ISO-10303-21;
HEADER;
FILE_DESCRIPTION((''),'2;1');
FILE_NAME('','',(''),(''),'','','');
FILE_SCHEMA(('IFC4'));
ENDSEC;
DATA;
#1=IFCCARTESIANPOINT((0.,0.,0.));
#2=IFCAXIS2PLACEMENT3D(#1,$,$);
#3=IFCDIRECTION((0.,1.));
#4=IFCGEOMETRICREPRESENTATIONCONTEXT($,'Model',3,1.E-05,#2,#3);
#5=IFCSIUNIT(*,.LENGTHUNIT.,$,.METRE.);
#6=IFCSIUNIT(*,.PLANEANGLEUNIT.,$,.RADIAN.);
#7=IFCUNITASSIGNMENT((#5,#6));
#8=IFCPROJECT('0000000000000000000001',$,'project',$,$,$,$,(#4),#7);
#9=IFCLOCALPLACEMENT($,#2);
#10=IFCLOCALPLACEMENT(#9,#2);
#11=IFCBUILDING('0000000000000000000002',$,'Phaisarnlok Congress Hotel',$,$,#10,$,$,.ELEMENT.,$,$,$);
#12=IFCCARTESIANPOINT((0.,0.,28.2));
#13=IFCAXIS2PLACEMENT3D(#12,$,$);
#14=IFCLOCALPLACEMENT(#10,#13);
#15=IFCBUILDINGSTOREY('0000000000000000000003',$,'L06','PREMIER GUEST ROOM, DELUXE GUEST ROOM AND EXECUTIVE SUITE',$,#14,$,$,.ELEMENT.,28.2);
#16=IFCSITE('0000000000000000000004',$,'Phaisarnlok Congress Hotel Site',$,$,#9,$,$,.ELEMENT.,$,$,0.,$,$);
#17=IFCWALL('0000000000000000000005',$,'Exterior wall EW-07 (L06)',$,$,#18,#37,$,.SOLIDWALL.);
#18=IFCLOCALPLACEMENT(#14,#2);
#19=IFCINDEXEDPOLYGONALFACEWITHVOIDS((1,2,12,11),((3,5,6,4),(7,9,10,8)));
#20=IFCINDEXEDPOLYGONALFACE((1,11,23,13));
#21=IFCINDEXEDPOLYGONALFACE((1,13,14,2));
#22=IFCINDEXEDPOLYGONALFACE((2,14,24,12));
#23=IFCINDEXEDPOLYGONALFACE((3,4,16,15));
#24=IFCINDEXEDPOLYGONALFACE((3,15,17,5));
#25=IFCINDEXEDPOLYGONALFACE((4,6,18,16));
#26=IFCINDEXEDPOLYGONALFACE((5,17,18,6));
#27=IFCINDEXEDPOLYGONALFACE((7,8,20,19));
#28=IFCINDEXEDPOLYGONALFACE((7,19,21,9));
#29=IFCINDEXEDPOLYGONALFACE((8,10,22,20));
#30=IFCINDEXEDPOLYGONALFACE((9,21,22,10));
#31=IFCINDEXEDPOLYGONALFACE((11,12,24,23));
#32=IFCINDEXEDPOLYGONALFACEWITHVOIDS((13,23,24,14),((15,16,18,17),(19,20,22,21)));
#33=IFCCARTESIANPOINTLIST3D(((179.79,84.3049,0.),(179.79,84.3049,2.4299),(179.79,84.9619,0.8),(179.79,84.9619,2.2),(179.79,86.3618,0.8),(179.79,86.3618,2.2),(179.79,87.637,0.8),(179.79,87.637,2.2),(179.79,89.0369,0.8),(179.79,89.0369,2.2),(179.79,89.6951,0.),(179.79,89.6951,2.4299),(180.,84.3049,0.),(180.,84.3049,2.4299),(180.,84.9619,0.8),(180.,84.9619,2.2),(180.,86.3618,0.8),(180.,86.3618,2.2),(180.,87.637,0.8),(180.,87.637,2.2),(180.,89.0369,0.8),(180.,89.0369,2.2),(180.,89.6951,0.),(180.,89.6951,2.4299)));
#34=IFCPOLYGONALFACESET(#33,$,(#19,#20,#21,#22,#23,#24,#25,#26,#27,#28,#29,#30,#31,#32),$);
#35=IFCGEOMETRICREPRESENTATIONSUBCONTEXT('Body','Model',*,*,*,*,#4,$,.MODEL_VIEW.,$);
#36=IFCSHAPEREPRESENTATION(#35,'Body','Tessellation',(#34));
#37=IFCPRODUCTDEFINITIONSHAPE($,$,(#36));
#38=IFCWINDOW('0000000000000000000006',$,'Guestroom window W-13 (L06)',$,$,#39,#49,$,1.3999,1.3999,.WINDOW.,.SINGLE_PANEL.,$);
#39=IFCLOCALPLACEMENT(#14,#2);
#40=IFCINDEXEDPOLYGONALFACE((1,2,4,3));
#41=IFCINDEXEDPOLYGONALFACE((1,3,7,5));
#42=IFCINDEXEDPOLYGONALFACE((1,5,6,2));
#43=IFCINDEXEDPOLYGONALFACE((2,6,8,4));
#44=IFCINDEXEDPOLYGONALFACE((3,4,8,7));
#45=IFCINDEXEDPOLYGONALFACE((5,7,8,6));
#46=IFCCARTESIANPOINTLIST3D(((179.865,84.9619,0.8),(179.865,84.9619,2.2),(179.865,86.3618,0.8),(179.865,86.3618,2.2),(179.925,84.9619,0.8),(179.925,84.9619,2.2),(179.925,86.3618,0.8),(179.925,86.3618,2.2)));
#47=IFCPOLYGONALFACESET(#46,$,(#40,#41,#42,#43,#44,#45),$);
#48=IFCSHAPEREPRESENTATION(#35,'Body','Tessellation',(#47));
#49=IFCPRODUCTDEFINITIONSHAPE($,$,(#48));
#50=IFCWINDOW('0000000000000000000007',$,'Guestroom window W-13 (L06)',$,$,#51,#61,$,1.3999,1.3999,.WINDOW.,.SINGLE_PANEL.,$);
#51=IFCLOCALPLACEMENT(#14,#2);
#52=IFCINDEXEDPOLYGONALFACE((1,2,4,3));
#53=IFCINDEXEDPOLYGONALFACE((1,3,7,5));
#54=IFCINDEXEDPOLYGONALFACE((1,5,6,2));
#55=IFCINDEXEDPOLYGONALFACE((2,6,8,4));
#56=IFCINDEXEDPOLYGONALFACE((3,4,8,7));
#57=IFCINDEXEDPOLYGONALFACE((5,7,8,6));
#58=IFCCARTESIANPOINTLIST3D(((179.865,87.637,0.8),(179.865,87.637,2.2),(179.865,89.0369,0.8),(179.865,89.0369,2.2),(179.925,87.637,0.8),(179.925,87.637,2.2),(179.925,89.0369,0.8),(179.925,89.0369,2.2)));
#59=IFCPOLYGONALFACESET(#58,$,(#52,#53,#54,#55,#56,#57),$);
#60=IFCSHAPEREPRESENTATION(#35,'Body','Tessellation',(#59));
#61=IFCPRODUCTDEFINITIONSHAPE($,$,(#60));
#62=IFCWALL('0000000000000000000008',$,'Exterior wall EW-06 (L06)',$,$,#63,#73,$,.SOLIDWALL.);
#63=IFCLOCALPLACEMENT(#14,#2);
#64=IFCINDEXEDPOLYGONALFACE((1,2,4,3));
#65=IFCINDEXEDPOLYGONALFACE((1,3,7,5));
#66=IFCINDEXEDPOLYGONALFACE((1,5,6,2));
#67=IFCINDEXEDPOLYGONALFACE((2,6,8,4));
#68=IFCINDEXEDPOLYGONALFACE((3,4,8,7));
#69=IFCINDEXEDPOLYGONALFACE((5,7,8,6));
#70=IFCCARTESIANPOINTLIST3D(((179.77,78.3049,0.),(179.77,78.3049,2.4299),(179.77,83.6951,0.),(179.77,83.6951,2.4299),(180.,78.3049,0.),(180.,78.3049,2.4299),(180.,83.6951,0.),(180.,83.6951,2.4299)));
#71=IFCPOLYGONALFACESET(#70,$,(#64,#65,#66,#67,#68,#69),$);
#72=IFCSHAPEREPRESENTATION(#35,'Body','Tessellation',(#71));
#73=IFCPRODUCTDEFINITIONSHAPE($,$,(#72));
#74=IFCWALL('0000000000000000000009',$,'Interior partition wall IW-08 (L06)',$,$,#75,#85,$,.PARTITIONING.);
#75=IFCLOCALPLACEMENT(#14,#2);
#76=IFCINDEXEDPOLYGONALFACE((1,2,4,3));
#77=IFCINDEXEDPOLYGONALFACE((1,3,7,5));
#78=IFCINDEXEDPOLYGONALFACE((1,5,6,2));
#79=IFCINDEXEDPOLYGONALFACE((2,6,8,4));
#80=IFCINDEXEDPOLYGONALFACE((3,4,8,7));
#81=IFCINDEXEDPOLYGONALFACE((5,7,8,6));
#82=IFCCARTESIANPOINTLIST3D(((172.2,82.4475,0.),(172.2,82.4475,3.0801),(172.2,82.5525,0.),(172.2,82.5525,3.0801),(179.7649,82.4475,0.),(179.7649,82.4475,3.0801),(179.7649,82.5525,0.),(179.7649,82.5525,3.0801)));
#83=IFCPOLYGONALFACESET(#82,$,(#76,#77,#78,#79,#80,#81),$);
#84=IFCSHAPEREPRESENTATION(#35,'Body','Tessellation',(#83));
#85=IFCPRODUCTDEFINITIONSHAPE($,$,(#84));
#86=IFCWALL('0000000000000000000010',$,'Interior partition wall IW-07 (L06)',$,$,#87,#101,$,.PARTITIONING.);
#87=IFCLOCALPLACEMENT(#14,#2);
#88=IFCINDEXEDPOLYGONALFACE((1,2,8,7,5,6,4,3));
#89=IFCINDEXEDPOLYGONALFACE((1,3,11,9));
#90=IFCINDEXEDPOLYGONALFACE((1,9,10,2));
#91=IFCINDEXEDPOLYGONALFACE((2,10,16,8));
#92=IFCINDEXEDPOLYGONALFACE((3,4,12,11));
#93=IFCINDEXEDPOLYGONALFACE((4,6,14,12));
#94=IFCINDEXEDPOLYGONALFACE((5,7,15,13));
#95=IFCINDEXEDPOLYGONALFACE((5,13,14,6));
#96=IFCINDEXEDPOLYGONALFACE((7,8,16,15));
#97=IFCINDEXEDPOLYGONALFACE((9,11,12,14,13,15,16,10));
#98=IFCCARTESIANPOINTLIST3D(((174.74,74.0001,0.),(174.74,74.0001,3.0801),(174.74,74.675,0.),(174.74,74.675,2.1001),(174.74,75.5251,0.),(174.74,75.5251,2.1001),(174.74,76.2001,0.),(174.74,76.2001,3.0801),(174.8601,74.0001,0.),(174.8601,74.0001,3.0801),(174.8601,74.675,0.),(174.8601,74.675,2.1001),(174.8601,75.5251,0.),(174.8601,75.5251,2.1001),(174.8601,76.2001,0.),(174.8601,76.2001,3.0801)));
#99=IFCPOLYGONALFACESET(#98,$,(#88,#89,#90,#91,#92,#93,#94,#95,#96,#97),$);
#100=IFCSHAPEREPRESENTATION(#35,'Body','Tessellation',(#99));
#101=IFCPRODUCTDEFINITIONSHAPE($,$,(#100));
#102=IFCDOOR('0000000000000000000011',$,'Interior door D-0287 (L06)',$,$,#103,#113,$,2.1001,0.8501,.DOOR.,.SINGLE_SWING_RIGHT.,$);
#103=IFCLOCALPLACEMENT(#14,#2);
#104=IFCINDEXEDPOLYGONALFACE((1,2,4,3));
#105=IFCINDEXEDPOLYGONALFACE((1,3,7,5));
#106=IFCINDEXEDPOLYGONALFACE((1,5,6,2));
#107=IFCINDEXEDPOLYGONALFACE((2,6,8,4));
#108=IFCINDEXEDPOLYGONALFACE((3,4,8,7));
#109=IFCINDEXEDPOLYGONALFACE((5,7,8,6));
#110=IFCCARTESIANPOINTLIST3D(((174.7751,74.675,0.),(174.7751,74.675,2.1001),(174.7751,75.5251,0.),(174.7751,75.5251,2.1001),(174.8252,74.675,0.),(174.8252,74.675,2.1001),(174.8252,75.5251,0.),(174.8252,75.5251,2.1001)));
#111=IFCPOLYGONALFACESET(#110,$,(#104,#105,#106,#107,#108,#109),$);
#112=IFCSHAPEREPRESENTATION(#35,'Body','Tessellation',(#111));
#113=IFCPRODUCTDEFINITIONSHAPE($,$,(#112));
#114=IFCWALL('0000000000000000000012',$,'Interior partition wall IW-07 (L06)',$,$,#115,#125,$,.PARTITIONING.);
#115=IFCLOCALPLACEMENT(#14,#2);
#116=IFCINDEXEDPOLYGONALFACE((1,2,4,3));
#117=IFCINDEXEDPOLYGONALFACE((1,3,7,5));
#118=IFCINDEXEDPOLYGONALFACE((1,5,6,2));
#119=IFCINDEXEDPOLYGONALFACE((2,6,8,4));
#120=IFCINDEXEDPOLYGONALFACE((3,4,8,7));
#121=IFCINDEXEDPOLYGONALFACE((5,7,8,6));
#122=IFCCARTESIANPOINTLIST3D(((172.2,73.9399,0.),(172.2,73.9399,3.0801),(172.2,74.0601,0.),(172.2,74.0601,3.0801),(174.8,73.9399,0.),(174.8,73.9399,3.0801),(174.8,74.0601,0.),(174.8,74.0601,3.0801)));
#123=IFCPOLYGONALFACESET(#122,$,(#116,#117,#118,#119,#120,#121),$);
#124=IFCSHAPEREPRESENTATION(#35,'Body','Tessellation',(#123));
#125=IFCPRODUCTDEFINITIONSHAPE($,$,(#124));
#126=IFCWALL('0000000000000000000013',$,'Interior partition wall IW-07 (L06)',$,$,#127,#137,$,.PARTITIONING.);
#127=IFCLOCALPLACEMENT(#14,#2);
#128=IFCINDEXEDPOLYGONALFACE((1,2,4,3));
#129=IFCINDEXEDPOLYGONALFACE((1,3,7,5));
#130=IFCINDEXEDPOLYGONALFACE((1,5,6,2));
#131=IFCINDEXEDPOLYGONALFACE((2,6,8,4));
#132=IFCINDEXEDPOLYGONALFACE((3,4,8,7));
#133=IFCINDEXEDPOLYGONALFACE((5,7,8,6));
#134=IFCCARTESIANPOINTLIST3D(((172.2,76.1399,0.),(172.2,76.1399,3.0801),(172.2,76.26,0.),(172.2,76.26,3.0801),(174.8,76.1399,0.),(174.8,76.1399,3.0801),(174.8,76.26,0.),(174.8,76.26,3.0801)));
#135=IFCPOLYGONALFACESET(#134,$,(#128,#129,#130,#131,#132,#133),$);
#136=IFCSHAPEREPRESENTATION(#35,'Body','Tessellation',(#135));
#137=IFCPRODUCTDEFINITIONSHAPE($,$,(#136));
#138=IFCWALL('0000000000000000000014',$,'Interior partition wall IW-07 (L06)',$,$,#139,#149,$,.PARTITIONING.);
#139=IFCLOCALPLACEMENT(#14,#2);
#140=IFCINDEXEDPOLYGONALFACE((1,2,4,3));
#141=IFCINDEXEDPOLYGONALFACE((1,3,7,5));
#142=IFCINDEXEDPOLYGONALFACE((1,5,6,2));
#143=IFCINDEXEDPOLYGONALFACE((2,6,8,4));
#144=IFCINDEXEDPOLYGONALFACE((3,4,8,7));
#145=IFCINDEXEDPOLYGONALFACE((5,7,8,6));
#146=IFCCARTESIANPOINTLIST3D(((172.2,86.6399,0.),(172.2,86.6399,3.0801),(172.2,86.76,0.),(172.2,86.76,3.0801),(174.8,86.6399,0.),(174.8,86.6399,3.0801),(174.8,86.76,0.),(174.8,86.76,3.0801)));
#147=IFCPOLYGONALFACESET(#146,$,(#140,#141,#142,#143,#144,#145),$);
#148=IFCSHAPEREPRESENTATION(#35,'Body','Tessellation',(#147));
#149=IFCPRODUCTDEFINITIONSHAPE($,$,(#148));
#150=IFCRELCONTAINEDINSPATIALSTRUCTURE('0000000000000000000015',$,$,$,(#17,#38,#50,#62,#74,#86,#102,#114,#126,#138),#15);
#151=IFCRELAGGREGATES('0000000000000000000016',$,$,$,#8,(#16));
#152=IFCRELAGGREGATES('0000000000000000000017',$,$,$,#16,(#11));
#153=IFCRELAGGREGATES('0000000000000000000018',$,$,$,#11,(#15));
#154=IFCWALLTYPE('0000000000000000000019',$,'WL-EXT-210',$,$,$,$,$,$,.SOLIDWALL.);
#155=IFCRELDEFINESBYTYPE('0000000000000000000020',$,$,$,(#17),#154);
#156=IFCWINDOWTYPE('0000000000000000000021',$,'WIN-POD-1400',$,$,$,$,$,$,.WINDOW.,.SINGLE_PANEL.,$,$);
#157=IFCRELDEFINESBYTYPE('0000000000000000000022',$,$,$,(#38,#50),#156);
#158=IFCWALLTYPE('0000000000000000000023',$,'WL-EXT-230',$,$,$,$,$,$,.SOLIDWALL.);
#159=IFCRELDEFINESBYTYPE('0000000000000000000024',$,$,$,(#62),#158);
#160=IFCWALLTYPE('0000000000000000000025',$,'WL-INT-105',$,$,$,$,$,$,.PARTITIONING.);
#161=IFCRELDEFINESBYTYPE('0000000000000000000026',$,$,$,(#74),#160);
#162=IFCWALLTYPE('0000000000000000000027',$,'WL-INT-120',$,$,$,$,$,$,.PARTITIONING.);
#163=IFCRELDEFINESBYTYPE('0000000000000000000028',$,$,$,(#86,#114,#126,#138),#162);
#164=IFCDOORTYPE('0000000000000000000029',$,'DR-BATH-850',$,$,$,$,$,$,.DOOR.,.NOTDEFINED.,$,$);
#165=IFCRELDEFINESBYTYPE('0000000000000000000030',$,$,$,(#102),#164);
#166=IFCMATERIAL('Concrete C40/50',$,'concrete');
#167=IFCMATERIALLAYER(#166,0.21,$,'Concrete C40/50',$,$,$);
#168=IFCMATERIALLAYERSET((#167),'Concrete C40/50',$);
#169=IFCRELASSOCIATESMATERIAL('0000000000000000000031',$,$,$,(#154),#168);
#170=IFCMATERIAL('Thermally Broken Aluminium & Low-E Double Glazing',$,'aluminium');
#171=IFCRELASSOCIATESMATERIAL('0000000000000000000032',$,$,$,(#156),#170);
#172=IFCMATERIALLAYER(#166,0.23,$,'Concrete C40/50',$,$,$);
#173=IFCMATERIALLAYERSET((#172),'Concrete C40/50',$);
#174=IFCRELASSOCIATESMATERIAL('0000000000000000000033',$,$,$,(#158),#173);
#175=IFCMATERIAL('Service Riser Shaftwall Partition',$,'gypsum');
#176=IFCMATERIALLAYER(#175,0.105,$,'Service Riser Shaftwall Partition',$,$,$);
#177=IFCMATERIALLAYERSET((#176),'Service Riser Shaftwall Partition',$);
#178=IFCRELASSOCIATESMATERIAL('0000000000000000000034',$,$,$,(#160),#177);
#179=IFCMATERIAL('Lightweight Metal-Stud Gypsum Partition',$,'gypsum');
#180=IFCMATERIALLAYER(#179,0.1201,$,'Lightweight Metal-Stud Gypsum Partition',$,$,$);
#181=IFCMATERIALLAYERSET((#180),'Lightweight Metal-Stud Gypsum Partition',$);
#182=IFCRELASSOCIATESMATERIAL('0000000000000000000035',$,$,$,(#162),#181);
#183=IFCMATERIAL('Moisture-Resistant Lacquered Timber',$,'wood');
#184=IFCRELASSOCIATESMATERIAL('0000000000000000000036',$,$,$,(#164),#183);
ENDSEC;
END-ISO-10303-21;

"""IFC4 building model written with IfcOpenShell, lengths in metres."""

from ifc_helpers import new_model, si_unit, direction, frame, frame_2d, origin, place, context, subcontext, project, spatial, rectangle, extrude, material, layer, layer_set, type_object, element, fill, save


model = new_model("IFC4")

# Units and contexts
model_context = context("Model", 3, precision=1e-05, world=origin(), true_north=direction((0.0, 1.0)))
body_context = subcontext(model_context, "Body", "Model", "MODEL_VIEW")
ifc_project = project(units=[si_unit("LENGTHUNIT", "METRE"), si_unit("PLANEANGLEUNIT", "RADIAN")], contexts=[model_context])

# Site, building, storey
site_placement = place(None, origin())
site = spatial("IfcSite", under=ifc_project, at=site_placement, Name="Phaisarnlok Congress Hotel Site", CompositionType="ELEMENT", RefElevation=0.0)
building_placement = place(site_placement, origin())
building = spatial("IfcBuilding", under=site, at=building_placement, Name="Phaisarnlok Congress Hotel", CompositionType="ELEMENT")
storey_placement = place(building_placement, frame((0.0, 0.0, 28.2)))
storey = spatial("IfcBuildingStorey", under=building, at=storey_placement, Name="L06", Description="PREMIER GUEST ROOM, DELUXE GUEST ROOM AND EXECUTIVE SUITE", CompositionType="ELEMENT", Elevation=28.2)

# Shared definitions
ifc_material_1 = material(Name="Concrete C40/50", Category="concrete")

# Wall, openings, windows
ifc_layer_1 = layer(ifc_material_1, 0.21, Name="Concrete C40/50")
ifc_layer_set_1 = layer_set([ifc_layer_1], Name="Concrete C40/50")
wall_type_1 = type_object("IfcWallType", Name="WL-EXT-210", PredefinedType="SOLIDWALL", material=ifc_layer_set_1)
wall_1_placement = place(storey_placement, frame((179.895, 84.3049, 0.0), z_axis=(0.0, 0.0, 1.0), x_axis=(0.0, 1.0, 0.0)))
wall_1 = element("IfcWall", 1, at=wall_1_placement, inside=storey, type_object=wall_type_1, Name="Exterior wall EW-07 (L06)", PredefinedType="SOLIDWALL", context=body_context, shape_type="SweptSolid", body=[
    extrude(rectangle(XDim=5.3901, YDim=0.21, at=frame_2d((2.6951, 0.0))), origin(), (0.0, 0.0, 1.0), 2.4299),
])
opening_1_placement = place(wall_1_placement, frame((0.657, 0.0, 0.8)))
opening_1 = element("IfcOpeningElement", 2, at=opening_1_placement, cuts=wall_1, PredefinedType="OPENING", context=body_context, shape_type="SweptSolid", body=[
    extrude(rectangle(XDim=1.3999, YDim=1.3999, at=frame_2d((0.7, 0.7))), frame((0.0, 0.115, 0.0), z_axis=(0.0, -1.0, 0.0), x_axis=(1.0, 0.0, 0.0)), (0.0, 0.0, 1.0), 0.23),
])
opening_2_placement = place(wall_1_placement, frame((3.332, 0.0, 0.8)))
opening_2 = element("IfcOpeningElement", 3, at=opening_2_placement, cuts=wall_1, PredefinedType="OPENING", context=body_context, shape_type="SweptSolid", body=[
    extrude(rectangle(XDim=1.3999, YDim=1.3999, at=frame_2d((0.7, 0.7))), frame((0.0, 0.115, 0.0), z_axis=(0.0, -1.0, 0.0), x_axis=(1.0, 0.0, 0.0)), (0.0, 0.0, 1.0), 0.23),
])
ifc_material_2 = material(Name="Thermally Broken Aluminium & Low-E Double Glazing", Category="aluminium")
window_type = type_object("IfcWindowType", Name="WIN-POD-1400", PartitioningType="SINGLE_PANEL", PredefinedType="WINDOW", material=ifc_material_2)
window_1_placement = place(opening_1_placement, origin())
window_1 = element("IfcWindow", 4, at=window_1_placement, inside=storey, type_object=window_type, Name="Guestroom window W-13 (L06)", OverallHeight=1.3999, OverallWidth=1.3999, PartitioningType="SINGLE_PANEL", PredefinedType="WINDOW", context=body_context, shape_type="SweptSolid", body=[
    extrude(rectangle(XDim=1.3999, YDim=1.3999, at=frame_2d((0.7, 0.7))), frame((0.0, 0.03, 0.0), z_axis=(0.0, -1.0, 0.0), x_axis=(1.0, 0.0, 0.0)), (0.0, 0.0, 1.0), 0.0601),
])
fill(opening_1, window_1)
window_2_placement = place(opening_2_placement, origin())
window_2 = element("IfcWindow", 5, at=window_2_placement, inside=storey, type_object=window_type, Name="Guestroom window W-13 (L06)", OverallHeight=1.3999, OverallWidth=1.3999, PartitioningType="SINGLE_PANEL", PredefinedType="WINDOW", context=body_context, shape_type="SweptSolid", body=[
    extrude(rectangle(XDim=1.3999, YDim=1.3999, at=frame_2d((0.7, 0.7))), frame((0.0, 0.03, 0.0), z_axis=(0.0, -1.0, 0.0), x_axis=(1.0, 0.0, 0.0)), (0.0, 0.0, 1.0), 0.0601),
])
fill(opening_2, window_2)

# Walls
ifc_layer_2 = layer(ifc_material_1, 0.23, Name="Concrete C40/50")
ifc_layer_set_2 = layer_set([ifc_layer_2], Name="Concrete C40/50")
wall_type_2 = type_object("IfcWallType", Name="WL-EXT-230", PredefinedType="SOLIDWALL", material=ifc_layer_set_2)
wall_2_placement = place(storey_placement, frame((179.885, 78.3049, 0.0), z_axis=(0.0, 0.0, 1.0), x_axis=(0.0, 1.0, 0.0)))
element("IfcWall", 6, at=wall_2_placement, inside=storey, type_object=wall_type_2, Name="Exterior wall EW-06 (L06)", PredefinedType="SOLIDWALL", context=body_context, shape_type="SweptSolid", body=[
    extrude(rectangle(XDim=5.3901, YDim=0.23, at=frame_2d((2.6951, 0.0))), origin(), (0.0, 0.0, 1.0), 2.4299),
])
ifc_material_3 = material(Name="Service Riser Shaftwall Partition", Category="gypsum")
ifc_layer_3 = layer(ifc_material_3, 0.105, Name="Service Riser Shaftwall Partition")
ifc_layer_set_3 = layer_set([ifc_layer_3], Name="Service Riser Shaftwall Partition")
wall_type_3 = type_object("IfcWallType", Name="WL-INT-105", PredefinedType="PARTITIONING", material=ifc_layer_set_3)
wall_3_placement = place(storey_placement, frame((172.2, 82.5, 0.0), z_axis=(0.0, 0.0, 1.0), x_axis=(1.0, 0.0, 0.0)))
element("IfcWall", 7, at=wall_3_placement, inside=storey, type_object=wall_type_3, Name="Interior partition wall IW-08 (L06)", PredefinedType="PARTITIONING", context=body_context, shape_type="SweptSolid", body=[
    extrude(rectangle(XDim=7.5649, YDim=0.105, at=frame_2d((3.7825, 0.0))), origin(), (0.0, 0.0, 1.0), 3.0801),
])

# Wall, opening, door
ifc_material_4 = material(Name="Lightweight Metal-Stud Gypsum Partition", Category="gypsum")
ifc_layer_4 = layer(ifc_material_4, 0.1201, Name="Lightweight Metal-Stud Gypsum Partition")
ifc_layer_set_4 = layer_set([ifc_layer_4], Name="Lightweight Metal-Stud Gypsum Partition")
wall_type_4 = type_object("IfcWallType", Name="WL-INT-120", PredefinedType="PARTITIONING", material=ifc_layer_set_4)
wall_4_placement = place(storey_placement, frame((174.8, 74.0, 0.0), z_axis=(0.0, 0.0, 1.0), x_axis=(0.0, 1.0, 0.0)))
wall_4 = element("IfcWall", 8, at=wall_4_placement, inside=storey, type_object=wall_type_4, Name="Interior partition wall IW-07 (L06)", PredefinedType="PARTITIONING", context=body_context, shape_type="SweptSolid", body=[
    extrude(rectangle(XDim=2.2, YDim=0.1201, at=frame_2d((1.1001, 0.0))), origin(), (0.0, 0.0, 1.0), 3.0801),
])
opening_3_placement = place(wall_4_placement, frame((0.675, 0.0, 0.0)))
opening_3 = element("IfcOpeningElement", 9, at=opening_3_placement, cuts=wall_4, PredefinedType="OPENING", context=body_context, shape_type="SweptSolid", body=[
    extrude(rectangle(XDim=0.8501, YDim=2.1001, at=frame_2d((0.425, 1.05))), frame((0.0, 0.0701, 0.0), z_axis=(0.0, -1.0, 0.0), x_axis=(1.0, 0.0, 0.0)), (0.0, 0.0, 1.0), 0.1401),
])
ifc_material_5 = material(Name="Moisture-Resistant Lacquered Timber", Category="wood")
door_type = type_object("IfcDoorType", Name="DR-BATH-850", OperationType="NOTDEFINED", PredefinedType="DOOR", material=ifc_material_5)
door_1_placement = place(opening_3_placement, origin())
door_1 = element("IfcDoor", 10, at=door_1_placement, inside=storey, type_object=door_type, Name="Interior door D-0287 (L06)", OperationType="SINGLE_SWING_RIGHT", OverallHeight=2.1001, OverallWidth=0.8501, PredefinedType="DOOR", context=body_context, shape_type="SweptSolid", body=[
    extrude(rectangle(XDim=0.8501, YDim=2.1001, at=frame_2d((0.425, 1.05))), frame((0.0, 0.0249, 0.0), z_axis=(0.0, -1.0, 0.0), x_axis=(1.0, 0.0, 0.0)), (0.0, 0.0, 1.0), 0.05),
])
fill(opening_3, door_1)

# Walls
for number, where, z_axis, x_axis, name in (
    (11, (172.2, 74.0, 0.0), (0.0, 0.0, 1.0), (1.0, 0.0, 0.0), "Interior partition wall IW-07 (L06)"),
    (12, (172.2, 76.2, 0.0), (0.0, 0.0, 1.0), (1.0, 0.0, 0.0), "Interior partition wall IW-07 (L06)"),
    (13, (172.2, 86.7, 0.0), (0.0, 0.0, 1.0), (1.0, 0.0, 0.0), "Interior partition wall IW-07 (L06)"),
):
    element("IfcWall", number, at=place(storey_placement, frame(where, z_axis=z_axis, x_axis=x_axis)), inside=storey, type_object=wall_type_4, Name=name, PredefinedType="PARTITIONING", context=body_context, shape_type="SweptSolid", body=[
        extrude(rectangle(XDim=2.6001, YDim=0.1201, at=frame_2d((1.3, 0.0))), origin(), (0.0, 0.0, 1.0), 3.0801),
    ])

save(model, "model.ifc")
